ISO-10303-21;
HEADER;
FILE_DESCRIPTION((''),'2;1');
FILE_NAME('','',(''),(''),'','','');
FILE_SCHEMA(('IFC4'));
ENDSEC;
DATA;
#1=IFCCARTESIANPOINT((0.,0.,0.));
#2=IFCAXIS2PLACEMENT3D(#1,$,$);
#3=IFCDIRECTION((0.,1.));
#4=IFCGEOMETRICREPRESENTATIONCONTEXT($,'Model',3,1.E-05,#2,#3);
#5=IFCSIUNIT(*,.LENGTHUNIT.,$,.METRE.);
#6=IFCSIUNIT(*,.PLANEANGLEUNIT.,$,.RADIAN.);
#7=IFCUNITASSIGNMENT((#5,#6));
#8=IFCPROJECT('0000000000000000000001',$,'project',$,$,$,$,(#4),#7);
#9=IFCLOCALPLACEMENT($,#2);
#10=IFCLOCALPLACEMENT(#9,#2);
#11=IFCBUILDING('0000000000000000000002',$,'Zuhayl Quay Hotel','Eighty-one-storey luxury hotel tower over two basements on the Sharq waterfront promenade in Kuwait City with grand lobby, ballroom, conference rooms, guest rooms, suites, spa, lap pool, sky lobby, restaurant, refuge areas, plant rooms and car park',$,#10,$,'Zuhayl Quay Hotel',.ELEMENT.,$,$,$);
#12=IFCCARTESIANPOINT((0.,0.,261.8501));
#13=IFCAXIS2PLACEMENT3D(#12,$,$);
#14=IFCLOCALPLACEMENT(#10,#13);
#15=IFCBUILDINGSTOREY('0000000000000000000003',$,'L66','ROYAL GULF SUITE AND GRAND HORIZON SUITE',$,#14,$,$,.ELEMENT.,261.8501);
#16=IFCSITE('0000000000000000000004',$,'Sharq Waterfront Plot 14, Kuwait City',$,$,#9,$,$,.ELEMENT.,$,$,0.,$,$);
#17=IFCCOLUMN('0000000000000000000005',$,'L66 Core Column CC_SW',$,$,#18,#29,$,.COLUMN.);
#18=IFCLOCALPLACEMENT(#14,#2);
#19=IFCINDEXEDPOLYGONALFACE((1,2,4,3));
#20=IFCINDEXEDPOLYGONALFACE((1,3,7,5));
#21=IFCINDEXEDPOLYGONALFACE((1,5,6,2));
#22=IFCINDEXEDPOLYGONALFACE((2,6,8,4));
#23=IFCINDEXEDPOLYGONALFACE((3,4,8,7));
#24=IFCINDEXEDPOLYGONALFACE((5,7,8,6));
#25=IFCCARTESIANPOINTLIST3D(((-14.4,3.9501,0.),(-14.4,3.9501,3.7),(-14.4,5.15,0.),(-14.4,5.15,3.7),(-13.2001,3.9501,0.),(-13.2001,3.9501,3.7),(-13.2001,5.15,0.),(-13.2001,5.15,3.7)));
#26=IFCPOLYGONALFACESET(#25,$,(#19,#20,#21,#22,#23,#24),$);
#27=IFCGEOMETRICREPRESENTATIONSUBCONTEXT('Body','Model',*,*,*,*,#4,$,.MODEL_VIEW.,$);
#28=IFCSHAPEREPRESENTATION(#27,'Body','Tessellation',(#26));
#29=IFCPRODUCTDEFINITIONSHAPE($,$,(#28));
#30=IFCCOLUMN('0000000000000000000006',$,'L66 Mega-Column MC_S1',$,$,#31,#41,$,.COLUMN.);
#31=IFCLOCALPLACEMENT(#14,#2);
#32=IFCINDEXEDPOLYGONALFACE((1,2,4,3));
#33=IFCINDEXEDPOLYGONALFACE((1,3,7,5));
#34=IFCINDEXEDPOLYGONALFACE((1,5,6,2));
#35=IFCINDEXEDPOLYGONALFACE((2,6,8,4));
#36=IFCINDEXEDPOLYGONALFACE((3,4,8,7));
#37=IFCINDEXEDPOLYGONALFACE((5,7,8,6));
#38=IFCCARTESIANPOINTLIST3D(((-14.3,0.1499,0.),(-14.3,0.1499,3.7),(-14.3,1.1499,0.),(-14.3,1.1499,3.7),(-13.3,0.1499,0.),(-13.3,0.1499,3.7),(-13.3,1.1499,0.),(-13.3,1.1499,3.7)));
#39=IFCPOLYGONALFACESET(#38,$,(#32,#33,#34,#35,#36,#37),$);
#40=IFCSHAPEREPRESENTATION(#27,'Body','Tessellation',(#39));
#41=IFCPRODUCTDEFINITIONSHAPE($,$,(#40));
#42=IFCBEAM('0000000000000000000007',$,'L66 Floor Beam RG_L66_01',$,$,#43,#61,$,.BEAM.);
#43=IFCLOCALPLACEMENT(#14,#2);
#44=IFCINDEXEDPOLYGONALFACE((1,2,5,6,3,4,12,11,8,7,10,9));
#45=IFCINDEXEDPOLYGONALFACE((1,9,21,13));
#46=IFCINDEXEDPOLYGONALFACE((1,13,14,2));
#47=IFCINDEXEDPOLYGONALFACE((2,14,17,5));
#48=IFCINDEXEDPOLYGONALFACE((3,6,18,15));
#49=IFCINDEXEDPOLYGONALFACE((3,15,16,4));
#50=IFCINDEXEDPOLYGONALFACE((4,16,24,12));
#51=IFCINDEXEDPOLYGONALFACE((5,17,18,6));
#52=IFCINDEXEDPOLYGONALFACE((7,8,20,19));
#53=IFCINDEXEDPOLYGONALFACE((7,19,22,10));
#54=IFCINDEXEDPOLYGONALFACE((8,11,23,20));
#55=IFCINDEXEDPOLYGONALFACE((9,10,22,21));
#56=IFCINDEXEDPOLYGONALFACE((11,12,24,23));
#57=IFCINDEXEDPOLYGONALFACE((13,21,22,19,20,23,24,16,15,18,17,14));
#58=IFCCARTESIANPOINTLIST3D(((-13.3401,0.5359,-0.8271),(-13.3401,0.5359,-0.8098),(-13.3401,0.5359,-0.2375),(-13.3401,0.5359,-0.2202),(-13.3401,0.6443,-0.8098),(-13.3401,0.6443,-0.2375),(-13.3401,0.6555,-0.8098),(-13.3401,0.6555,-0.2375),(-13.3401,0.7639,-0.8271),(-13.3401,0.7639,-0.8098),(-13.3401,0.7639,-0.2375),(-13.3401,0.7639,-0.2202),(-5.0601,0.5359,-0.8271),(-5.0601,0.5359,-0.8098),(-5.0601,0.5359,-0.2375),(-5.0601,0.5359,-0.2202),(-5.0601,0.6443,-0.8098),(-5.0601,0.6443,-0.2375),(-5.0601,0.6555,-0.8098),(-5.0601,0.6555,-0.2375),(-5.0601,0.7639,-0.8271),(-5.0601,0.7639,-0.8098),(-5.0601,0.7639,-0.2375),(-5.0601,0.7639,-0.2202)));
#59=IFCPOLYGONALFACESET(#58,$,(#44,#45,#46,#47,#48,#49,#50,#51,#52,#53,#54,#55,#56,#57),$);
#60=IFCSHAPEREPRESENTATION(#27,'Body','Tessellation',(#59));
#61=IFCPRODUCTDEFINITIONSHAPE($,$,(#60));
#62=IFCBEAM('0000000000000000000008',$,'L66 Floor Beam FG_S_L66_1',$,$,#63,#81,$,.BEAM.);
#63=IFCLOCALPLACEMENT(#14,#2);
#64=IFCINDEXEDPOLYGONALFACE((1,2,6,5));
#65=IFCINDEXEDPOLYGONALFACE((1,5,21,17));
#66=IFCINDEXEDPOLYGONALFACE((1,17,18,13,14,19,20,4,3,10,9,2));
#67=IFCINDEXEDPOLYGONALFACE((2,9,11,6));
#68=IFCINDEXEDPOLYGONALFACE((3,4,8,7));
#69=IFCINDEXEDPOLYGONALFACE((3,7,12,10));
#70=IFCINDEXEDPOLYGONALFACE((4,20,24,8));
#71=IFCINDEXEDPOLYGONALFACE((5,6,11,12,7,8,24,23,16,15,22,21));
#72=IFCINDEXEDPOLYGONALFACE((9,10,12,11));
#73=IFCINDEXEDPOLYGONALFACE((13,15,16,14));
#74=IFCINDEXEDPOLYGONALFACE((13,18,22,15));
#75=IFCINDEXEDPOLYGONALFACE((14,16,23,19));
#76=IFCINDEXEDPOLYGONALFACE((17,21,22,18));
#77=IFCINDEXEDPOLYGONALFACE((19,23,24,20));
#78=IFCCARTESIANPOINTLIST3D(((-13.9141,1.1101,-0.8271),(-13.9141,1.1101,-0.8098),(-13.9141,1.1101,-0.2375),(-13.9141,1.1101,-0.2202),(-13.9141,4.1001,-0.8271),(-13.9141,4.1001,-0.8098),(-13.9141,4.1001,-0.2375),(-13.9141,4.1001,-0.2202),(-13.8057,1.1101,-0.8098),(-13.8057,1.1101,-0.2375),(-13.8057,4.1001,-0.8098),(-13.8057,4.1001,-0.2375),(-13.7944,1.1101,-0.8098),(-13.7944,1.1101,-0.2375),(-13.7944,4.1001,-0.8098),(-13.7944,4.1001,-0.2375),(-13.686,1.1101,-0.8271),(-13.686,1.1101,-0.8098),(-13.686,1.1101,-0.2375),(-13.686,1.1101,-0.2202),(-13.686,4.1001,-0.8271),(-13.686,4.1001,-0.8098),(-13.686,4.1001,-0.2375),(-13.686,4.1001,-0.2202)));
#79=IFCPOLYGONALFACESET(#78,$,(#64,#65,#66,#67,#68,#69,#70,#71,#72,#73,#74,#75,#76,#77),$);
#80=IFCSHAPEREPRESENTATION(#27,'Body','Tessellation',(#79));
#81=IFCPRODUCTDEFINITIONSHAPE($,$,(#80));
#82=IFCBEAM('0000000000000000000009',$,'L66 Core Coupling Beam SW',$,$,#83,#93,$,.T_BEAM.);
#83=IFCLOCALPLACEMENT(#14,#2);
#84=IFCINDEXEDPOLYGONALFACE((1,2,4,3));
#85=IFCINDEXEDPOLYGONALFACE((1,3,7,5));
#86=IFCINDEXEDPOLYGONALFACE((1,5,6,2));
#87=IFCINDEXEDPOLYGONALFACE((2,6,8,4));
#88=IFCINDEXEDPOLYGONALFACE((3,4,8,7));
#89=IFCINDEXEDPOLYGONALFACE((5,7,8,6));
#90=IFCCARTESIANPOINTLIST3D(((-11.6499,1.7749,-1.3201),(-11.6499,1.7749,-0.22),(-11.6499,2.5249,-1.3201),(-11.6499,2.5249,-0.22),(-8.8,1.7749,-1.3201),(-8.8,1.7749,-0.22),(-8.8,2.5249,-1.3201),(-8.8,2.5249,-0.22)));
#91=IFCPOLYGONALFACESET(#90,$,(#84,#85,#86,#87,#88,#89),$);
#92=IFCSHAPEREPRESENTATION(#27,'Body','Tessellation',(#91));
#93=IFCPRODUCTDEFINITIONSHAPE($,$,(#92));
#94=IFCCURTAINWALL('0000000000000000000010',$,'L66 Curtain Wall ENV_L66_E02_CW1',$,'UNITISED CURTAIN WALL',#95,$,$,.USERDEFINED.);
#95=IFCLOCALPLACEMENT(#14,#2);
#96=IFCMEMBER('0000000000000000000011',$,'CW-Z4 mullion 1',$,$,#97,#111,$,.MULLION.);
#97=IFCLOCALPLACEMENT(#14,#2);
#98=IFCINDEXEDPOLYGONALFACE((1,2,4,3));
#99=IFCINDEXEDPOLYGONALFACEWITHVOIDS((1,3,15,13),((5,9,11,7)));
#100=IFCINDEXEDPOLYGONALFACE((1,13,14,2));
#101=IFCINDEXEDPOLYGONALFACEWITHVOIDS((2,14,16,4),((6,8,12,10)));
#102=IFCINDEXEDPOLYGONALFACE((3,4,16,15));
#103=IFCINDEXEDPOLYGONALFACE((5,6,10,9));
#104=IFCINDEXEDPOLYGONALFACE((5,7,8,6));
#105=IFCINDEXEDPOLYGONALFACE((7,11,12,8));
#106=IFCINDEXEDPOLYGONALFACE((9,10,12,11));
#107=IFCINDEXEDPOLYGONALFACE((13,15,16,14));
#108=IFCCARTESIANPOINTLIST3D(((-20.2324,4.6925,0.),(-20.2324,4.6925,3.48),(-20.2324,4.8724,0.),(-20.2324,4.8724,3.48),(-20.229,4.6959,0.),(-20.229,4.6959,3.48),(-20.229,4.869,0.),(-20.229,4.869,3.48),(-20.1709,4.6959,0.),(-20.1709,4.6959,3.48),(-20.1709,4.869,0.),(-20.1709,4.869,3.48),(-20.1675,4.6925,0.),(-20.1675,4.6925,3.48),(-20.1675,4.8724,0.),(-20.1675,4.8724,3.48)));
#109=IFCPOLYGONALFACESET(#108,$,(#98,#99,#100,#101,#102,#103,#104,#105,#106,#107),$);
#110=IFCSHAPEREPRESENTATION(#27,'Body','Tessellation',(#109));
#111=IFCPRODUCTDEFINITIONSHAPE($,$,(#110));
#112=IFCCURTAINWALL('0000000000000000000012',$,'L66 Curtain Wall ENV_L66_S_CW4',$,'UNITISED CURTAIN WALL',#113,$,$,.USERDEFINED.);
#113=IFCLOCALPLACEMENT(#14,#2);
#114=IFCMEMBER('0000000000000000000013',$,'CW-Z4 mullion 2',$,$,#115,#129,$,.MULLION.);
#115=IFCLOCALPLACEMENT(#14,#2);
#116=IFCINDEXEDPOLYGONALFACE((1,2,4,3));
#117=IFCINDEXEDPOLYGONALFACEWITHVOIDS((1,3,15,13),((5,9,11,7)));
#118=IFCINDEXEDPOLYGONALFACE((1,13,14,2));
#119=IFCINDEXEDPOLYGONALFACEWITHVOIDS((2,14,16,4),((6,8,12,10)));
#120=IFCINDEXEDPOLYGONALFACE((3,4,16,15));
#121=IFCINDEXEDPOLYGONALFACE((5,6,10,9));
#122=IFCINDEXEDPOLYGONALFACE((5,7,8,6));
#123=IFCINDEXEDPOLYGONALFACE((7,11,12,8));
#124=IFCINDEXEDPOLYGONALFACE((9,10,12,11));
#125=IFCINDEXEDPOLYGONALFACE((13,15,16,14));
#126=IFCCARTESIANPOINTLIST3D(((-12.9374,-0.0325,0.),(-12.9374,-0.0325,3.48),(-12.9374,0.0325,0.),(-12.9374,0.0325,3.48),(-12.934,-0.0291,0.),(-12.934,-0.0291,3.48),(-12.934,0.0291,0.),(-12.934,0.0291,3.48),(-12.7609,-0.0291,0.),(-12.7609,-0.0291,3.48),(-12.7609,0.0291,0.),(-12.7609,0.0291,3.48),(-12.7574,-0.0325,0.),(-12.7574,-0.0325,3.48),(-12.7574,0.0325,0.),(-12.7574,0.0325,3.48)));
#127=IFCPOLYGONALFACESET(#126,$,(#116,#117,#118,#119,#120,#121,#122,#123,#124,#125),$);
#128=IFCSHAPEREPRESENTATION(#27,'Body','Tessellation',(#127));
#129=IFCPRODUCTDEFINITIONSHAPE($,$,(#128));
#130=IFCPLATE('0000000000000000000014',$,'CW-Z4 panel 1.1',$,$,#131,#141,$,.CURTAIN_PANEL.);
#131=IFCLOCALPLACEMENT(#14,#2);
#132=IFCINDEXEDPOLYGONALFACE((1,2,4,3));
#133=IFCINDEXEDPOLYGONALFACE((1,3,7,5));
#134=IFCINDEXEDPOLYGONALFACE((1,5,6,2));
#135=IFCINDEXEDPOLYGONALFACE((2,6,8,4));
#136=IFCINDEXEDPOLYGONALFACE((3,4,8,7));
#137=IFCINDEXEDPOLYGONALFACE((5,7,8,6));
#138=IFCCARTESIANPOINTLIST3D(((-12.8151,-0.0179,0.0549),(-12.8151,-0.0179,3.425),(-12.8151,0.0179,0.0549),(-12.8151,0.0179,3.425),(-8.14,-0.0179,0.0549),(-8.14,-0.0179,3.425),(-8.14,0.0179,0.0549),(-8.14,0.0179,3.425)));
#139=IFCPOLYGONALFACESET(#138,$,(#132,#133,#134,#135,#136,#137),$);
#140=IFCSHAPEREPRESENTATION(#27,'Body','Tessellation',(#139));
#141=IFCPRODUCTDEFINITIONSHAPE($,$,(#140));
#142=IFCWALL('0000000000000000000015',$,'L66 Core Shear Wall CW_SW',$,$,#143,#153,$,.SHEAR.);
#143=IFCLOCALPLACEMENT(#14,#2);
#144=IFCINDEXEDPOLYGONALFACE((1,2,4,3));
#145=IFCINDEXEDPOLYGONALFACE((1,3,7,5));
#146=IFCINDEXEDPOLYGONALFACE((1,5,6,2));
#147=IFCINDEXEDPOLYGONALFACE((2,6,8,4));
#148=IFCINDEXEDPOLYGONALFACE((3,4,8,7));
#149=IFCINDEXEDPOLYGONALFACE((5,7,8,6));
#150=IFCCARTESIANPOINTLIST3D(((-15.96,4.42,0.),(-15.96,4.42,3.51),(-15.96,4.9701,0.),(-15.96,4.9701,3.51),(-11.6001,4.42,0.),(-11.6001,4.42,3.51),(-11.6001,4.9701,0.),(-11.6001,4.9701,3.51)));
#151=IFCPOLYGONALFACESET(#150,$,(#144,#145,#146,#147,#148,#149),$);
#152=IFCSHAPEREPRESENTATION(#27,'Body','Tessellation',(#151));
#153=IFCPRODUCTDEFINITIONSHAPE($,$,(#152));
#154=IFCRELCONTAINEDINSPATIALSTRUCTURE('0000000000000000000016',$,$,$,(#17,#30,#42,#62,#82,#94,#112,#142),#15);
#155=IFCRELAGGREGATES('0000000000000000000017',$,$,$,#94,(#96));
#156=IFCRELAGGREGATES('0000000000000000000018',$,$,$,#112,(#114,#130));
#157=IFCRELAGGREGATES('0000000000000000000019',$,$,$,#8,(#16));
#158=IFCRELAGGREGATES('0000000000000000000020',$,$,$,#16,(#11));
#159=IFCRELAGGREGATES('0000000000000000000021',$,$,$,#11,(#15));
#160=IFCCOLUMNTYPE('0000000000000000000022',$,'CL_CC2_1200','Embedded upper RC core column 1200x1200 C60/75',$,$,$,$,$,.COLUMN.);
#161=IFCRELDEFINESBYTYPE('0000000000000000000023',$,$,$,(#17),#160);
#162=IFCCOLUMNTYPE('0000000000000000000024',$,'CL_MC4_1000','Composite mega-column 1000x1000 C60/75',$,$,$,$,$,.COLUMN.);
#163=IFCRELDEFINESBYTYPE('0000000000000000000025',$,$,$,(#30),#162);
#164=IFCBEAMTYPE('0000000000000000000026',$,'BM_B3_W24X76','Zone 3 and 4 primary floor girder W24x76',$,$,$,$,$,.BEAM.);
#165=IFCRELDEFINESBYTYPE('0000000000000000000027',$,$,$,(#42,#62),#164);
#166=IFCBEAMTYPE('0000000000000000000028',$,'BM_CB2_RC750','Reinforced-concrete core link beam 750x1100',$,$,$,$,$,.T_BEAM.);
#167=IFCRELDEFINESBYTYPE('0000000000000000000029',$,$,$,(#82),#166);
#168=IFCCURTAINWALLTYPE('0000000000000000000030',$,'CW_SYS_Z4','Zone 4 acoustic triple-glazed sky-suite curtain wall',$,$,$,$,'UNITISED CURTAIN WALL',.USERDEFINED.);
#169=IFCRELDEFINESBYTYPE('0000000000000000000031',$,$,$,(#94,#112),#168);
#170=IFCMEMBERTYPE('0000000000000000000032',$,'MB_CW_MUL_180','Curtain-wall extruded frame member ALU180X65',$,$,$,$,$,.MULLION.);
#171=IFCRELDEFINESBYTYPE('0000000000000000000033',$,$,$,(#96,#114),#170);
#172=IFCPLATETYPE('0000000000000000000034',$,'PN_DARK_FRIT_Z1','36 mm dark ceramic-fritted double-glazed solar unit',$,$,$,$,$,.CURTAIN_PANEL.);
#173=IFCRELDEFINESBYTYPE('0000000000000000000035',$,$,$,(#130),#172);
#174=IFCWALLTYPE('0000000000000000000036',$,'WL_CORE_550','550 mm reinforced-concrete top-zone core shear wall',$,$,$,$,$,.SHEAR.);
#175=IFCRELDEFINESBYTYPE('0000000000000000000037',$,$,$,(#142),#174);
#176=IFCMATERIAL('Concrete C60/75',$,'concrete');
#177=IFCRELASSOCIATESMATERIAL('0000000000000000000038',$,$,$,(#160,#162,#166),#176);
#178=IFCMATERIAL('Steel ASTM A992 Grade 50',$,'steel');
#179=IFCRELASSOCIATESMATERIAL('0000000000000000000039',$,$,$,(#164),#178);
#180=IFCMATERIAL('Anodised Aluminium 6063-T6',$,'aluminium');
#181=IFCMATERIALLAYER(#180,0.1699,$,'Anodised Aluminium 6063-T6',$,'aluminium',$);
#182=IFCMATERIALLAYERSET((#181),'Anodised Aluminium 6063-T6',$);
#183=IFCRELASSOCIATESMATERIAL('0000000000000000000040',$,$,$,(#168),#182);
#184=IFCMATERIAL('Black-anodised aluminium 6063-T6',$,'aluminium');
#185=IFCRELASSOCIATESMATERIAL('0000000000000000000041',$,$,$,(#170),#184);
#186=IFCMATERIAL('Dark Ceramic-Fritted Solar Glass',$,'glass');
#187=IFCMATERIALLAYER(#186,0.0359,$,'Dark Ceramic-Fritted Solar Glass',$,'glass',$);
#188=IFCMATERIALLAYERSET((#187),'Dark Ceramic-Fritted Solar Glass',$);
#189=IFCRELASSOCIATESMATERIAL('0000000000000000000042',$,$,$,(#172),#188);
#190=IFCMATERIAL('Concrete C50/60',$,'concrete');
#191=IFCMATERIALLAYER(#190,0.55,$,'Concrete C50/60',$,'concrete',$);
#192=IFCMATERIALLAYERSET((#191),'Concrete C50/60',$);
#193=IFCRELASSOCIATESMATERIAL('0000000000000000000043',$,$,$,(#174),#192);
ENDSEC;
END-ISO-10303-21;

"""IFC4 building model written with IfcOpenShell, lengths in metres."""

from ifc_helpers import new_model, si_unit, direction, frame, frame_2d, origin, origin_2d, place, context, subcontext, project, spatial, rectangle, hollow_rectangle, i_section, extrude, material, layer, layer_set, material_profile, profile_set, type_object, element, aggregate, save


model = new_model("IFC4")

# Units and contexts
model_context = context("Model", 3, precision=1e-05, world=origin(), true_north=direction((0.0, 1.0)))
body_context = subcontext(model_context, "Body", "Model", "MODEL_VIEW")
ifc_project = project(units=[si_unit("LENGTHUNIT", "METRE"), si_unit("PLANEANGLEUNIT", "RADIAN")], contexts=[model_context])

# Site, building, storey
site_placement = place(None, origin())
site = spatial("IfcSite", under=ifc_project, at=site_placement, Name="Sharq Waterfront Plot 14, Kuwait City", CompositionType="ELEMENT", RefElevation=0.0)
building_placement = place(site_placement, origin())
building = spatial("IfcBuilding", under=site, at=building_placement, Name="Zuhayl Quay Hotel", Description="Eighty-one-storey luxury hotel tower over two basements on the Sharq waterfront promenade in Kuwait City with grand lobby, ballroom, conference rooms, guest rooms, suites, spa, lap pool, sky lobby, restaurant, refuge areas, plant rooms and car park", LongName="Zuhayl Quay Hotel", CompositionType="ELEMENT")
storey_placement = place(building_placement, frame((0.0, 0.0, 261.8501)))
storey = spatial("IfcBuildingStorey", under=building, at=storey_placement, Name="L66", Description="ROYAL GULF SUITE AND GRAND HORIZON SUITE", CompositionType="ELEMENT", Elevation=261.8501)

# Columns
ifc_material_1 = material(Name="Concrete C60/75", Category="concrete")
ifc_material_profile_1 = material_profile(ifc_material_1, rectangle(XDim=1.2, YDim=1.2, at=origin_2d()), Name="RC1200X1200")
ifc_profile_set_1 = profile_set([ifc_material_profile_1], Name="Concrete C60/75")
column_type_1 = type_object("IfcColumnType", Name="CL_CC2_1200", Description="Embedded upper RC core column 1200x1200 C60/75", PredefinedType="COLUMN", material=ifc_profile_set_1)
column_1_placement = place(storey_placement, frame((-13.8, 4.55, 0.0), z_axis=(0.0, 0.0, 1.0), x_axis=(1.0, 0.0, 0.0)))
element("IfcColumn", 1, at=column_1_placement, inside=storey, type_object=column_type_1, Name="L66 Core Column CC_SW", PredefinedType="COLUMN", context=body_context, shape_type="SweptSolid", body=[
    extrude(rectangle(XDim=1.2, YDim=1.2, at=origin_2d()), origin(), (0.0, 0.0, 1.0), 3.7),
])
ifc_material_profile_2 = material_profile(ifc_material_1, rectangle(XDim=1.0, YDim=1.0, at=origin_2d()), Name="RC1000X1000")
ifc_profile_set_2 = profile_set([ifc_material_profile_2], Name="Concrete C60/75")
column_type_2 = type_object("IfcColumnType", Name="CL_MC4_1000", Description="Composite mega-column 1000x1000 C60/75", PredefinedType="COLUMN", material=ifc_profile_set_2)
column_2_placement = place(storey_placement, frame((-13.8, 0.6499, 0.0), z_axis=(0.0, 0.0, 1.0), x_axis=(1.0, 0.0, 0.0)))
element("IfcColumn", 2, at=column_2_placement, inside=storey, type_object=column_type_2, Name="L66 Mega-Column MC_S1", PredefinedType="COLUMN", context=body_context, shape_type="SweptSolid", body=[
    extrude(rectangle(XDim=1.0, YDim=1.0, at=origin_2d()), origin(), (0.0, 0.0, 1.0), 3.7),
])

# Beams
ifc_material_2 = material(Name="Steel ASTM A992 Grade 50", Category="steel")
ifc_material_profile_3 = material_profile(ifc_material_2, i_section(OverallWidth=0.228, OverallDepth=0.6069, WebThickness=0.0112, FlangeThickness=0.0173, at=origin_2d()), Name="W24X76")
ifc_profile_set_3 = profile_set([ifc_material_profile_3], Name="Steel ASTM A992 Grade 50")
beam_type_1 = type_object("IfcBeamType", Name="BM_B3_W24X76", Description="Zone 3 and 4 primary floor girder W24x76", PredefinedType="BEAM", material=ifc_profile_set_3)
beam_1_placement = place(storey_placement, frame((-13.3401, 0.6499, -0.5237), z_axis=(1.0, 0.0, 0.0), x_axis=(0.0, 1.0, 0.0)))
element("IfcBeam", 3, at=beam_1_placement, inside=storey, type_object=beam_type_1, Name="L66 Floor Beam RG_L66_01", PredefinedType="BEAM", context=body_context, shape_type="SweptSolid", body=[
    extrude(i_section(OverallWidth=0.228, OverallDepth=0.6069, WebThickness=0.0112, FlangeThickness=0.0173, at=origin_2d()), origin(), (0.0, 0.0, 1.0), 8.28),
])
beam_2_placement = place(storey_placement, frame((-13.8, 1.1101, -0.5237), z_axis=(0.0, 1.0, 0.0), x_axis=(-1.0, 0.0, 0.0)))
element("IfcBeam", 4, at=beam_2_placement, inside=storey, type_object=beam_type_1, Name="L66 Floor Beam FG_S_L66_1", PredefinedType="BEAM", context=body_context, shape_type="SweptSolid", body=[
    extrude(i_section(OverallWidth=0.228, OverallDepth=0.6069, WebThickness=0.0112, FlangeThickness=0.0173, at=origin_2d()), origin(), (0.0, 0.0, 1.0), 2.99),
])
ifc_material_profile_4 = material_profile(ifc_material_1, rectangle(XDim=0.75, YDim=1.1001, at=origin_2d()), Name="RC750X1100")
ifc_profile_set_4 = profile_set([ifc_material_profile_4], Name="Concrete C60/75")
beam_type_2 = type_object("IfcBeamType", Name="BM_CB2_RC750", Description="Reinforced-concrete core link beam 750x1100", PredefinedType="T_BEAM", material=ifc_profile_set_4)
beam_3_placement = place(storey_placement, frame((-11.6499, 2.1499, -0.77), z_axis=(1.0, 0.0, 0.0), x_axis=(0.0, 1.0, 0.0)))
element("IfcBeam", 5, at=beam_3_placement, inside=storey, type_object=beam_type_2, Name="L66 Core Coupling Beam SW", PredefinedType="T_BEAM", context=body_context, shape_type="SweptSolid", body=[
    extrude(rectangle(XDim=0.75, YDim=1.1001, at=origin_2d()), origin(), (0.0, 0.0, 1.0), 2.8499),
])

# Curtain wall, member
ifc_material_3 = material(Name="Anodised Aluminium 6063-T6", Category="aluminium")
ifc_layer_1 = layer(ifc_material_3, 0.1699, Name="Anodised Aluminium 6063-T6", Category="aluminium")
ifc_layer_set_1 = layer_set([ifc_layer_1], Name="Anodised Aluminium 6063-T6")
curtain_wall_type = type_object("IfcCurtainWallType", Name="CW_SYS_Z4", Description="Zone 4 acoustic triple-glazed sky-suite curtain wall", ElementType="UNITISED CURTAIN WALL", PredefinedType="USERDEFINED", material=ifc_layer_set_1)
curtain_wall_1_placement = place(storey_placement, origin())
curtain_wall_1 = element("IfcCurtainWall", 6, at=curtain_wall_1_placement, inside=storey, type_object=curtain_wall_type, Name="L66 Curtain Wall ENV_L66_E02_CW1", ObjectType="UNITISED CURTAIN WALL", PredefinedType="USERDEFINED")
ifc_material_4 = material(Name="Black-anodised aluminium 6063-T6", Category="aluminium")
ifc_material_profile_5 = material_profile(ifc_material_4, hollow_rectangle(XDim=0.0649, YDim=0.1799, WallThickness=0.0034, at=origin_2d()), Name="ALU180X65")
ifc_profile_set_5 = profile_set([ifc_material_profile_5], Name="Black-anodised aluminium 6063-T6")
member_type = type_object("IfcMemberType", Name="MB_CW_MUL_180", Description="Curtain-wall extruded frame member ALU180X65", PredefinedType="MULLION", material=ifc_profile_set_5)
member_1_placement = place(storey_placement, frame((-20.2, 4.7825, 0.0), z_axis=(0.0, 0.0, 1.0), x_axis=(-1.0, 0.0, 0.0)))
member_1 = element("IfcMember", 7, at=member_1_placement, type_object=member_type, Name="CW-Z4 mullion 1", PredefinedType="MULLION", context=body_context, shape_type="SweptSolid", body=[
    extrude(hollow_rectangle(XDim=0.0649, YDim=0.1799, WallThickness=0.0034, at=origin_2d()), origin(), (0.0, 0.0, 1.0), 3.48),
])
aggregate(curtain_wall_1, [member_1])

# Curtain wall, member, plate
curtain_wall_2_placement = place(storey_placement, origin())
curtain_wall_2 = element("IfcCurtainWall", 8, at=curtain_wall_2_placement, inside=storey, type_object=curtain_wall_type, Name="L66 Curtain Wall ENV_L66_S_CW4", ObjectType="UNITISED CURTAIN WALL", PredefinedType="USERDEFINED")
member_2_placement = place(storey_placement, frame((-12.8474, 0.0, 0.0), z_axis=(0.0, 0.0, 1.0), x_axis=(0.0, -1.0, 0.0)))
member_2 = element("IfcMember", 9, at=member_2_placement, type_object=member_type, Name="CW-Z4 mullion 2", PredefinedType="MULLION", context=body_context, shape_type="SweptSolid", body=[
    extrude(hollow_rectangle(XDim=0.0649, YDim=0.1799, WallThickness=0.0034, at=origin_2d()), origin(), (0.0, 0.0, 1.0), 3.48),
])
ifc_material_5 = material(Name="Dark Ceramic-Fritted Solar Glass", Category="glass")
ifc_layer_2 = layer(ifc_material_5, 0.0359, Name="Dark Ceramic-Fritted Solar Glass", Category="glass")
ifc_layer_set_2 = layer_set([ifc_layer_2], Name="Dark Ceramic-Fritted Solar Glass")
plate_type = type_object("IfcPlateType", Name="PN_DARK_FRIT_Z1", Description="36 mm dark ceramic-fritted double-glazed solar unit", PredefinedType="CURTAIN_PANEL", material=ifc_layer_set_2)
plate_placement = place(storey_placement, frame((-10.4775, 0.0, 0.0549), z_axis=(0.0, 0.0, 1.0), x_axis=(-1.0, 0.0, 0.0)))
plate = element("IfcPlate", 10, at=plate_placement, type_object=plate_type, Name="CW-Z4 panel 1.1", PredefinedType="CURTAIN_PANEL", context=body_context, shape_type="SweptSolid", body=[
    extrude(rectangle(XDim=4.675, YDim=0.0359, at=origin_2d()), origin(), (0.0, 0.0, 1.0), 3.3701),
])
aggregate(curtain_wall_2, [member_2, plate])

# Wall
ifc_material_6 = material(Name="Concrete C50/60", Category="concrete")
ifc_layer_3 = layer(ifc_material_6, 0.55, Name="Concrete C50/60", Category="concrete")
ifc_layer_set_3 = layer_set([ifc_layer_3], Name="Concrete C50/60")
wall_type_1 = type_object("IfcWallType", Name="WL_CORE_550", Description="550 mm reinforced-concrete top-zone core shear wall", PredefinedType="SHEAR", material=ifc_layer_set_3)
wall_1_placement = place(storey_placement, frame((-15.96, 4.6951, 0.0), z_axis=(0.0, 0.0, 1.0), x_axis=(1.0, 0.0, 0.0)))
element("IfcWall", 11, at=wall_1_placement, inside=storey, type_object=wall_type_1, Name="L66 Core Shear Wall CW_SW", PredefinedType="SHEAR", context=body_context, shape_type="SweptSolid", body=[
    extrude(rectangle(XDim=4.3599, YDim=0.55, at=frame_2d((2.1799, 0.0))), origin(), (0.0, 0.0, 1.0), 3.51),
])

save(model, "model.ifc")
